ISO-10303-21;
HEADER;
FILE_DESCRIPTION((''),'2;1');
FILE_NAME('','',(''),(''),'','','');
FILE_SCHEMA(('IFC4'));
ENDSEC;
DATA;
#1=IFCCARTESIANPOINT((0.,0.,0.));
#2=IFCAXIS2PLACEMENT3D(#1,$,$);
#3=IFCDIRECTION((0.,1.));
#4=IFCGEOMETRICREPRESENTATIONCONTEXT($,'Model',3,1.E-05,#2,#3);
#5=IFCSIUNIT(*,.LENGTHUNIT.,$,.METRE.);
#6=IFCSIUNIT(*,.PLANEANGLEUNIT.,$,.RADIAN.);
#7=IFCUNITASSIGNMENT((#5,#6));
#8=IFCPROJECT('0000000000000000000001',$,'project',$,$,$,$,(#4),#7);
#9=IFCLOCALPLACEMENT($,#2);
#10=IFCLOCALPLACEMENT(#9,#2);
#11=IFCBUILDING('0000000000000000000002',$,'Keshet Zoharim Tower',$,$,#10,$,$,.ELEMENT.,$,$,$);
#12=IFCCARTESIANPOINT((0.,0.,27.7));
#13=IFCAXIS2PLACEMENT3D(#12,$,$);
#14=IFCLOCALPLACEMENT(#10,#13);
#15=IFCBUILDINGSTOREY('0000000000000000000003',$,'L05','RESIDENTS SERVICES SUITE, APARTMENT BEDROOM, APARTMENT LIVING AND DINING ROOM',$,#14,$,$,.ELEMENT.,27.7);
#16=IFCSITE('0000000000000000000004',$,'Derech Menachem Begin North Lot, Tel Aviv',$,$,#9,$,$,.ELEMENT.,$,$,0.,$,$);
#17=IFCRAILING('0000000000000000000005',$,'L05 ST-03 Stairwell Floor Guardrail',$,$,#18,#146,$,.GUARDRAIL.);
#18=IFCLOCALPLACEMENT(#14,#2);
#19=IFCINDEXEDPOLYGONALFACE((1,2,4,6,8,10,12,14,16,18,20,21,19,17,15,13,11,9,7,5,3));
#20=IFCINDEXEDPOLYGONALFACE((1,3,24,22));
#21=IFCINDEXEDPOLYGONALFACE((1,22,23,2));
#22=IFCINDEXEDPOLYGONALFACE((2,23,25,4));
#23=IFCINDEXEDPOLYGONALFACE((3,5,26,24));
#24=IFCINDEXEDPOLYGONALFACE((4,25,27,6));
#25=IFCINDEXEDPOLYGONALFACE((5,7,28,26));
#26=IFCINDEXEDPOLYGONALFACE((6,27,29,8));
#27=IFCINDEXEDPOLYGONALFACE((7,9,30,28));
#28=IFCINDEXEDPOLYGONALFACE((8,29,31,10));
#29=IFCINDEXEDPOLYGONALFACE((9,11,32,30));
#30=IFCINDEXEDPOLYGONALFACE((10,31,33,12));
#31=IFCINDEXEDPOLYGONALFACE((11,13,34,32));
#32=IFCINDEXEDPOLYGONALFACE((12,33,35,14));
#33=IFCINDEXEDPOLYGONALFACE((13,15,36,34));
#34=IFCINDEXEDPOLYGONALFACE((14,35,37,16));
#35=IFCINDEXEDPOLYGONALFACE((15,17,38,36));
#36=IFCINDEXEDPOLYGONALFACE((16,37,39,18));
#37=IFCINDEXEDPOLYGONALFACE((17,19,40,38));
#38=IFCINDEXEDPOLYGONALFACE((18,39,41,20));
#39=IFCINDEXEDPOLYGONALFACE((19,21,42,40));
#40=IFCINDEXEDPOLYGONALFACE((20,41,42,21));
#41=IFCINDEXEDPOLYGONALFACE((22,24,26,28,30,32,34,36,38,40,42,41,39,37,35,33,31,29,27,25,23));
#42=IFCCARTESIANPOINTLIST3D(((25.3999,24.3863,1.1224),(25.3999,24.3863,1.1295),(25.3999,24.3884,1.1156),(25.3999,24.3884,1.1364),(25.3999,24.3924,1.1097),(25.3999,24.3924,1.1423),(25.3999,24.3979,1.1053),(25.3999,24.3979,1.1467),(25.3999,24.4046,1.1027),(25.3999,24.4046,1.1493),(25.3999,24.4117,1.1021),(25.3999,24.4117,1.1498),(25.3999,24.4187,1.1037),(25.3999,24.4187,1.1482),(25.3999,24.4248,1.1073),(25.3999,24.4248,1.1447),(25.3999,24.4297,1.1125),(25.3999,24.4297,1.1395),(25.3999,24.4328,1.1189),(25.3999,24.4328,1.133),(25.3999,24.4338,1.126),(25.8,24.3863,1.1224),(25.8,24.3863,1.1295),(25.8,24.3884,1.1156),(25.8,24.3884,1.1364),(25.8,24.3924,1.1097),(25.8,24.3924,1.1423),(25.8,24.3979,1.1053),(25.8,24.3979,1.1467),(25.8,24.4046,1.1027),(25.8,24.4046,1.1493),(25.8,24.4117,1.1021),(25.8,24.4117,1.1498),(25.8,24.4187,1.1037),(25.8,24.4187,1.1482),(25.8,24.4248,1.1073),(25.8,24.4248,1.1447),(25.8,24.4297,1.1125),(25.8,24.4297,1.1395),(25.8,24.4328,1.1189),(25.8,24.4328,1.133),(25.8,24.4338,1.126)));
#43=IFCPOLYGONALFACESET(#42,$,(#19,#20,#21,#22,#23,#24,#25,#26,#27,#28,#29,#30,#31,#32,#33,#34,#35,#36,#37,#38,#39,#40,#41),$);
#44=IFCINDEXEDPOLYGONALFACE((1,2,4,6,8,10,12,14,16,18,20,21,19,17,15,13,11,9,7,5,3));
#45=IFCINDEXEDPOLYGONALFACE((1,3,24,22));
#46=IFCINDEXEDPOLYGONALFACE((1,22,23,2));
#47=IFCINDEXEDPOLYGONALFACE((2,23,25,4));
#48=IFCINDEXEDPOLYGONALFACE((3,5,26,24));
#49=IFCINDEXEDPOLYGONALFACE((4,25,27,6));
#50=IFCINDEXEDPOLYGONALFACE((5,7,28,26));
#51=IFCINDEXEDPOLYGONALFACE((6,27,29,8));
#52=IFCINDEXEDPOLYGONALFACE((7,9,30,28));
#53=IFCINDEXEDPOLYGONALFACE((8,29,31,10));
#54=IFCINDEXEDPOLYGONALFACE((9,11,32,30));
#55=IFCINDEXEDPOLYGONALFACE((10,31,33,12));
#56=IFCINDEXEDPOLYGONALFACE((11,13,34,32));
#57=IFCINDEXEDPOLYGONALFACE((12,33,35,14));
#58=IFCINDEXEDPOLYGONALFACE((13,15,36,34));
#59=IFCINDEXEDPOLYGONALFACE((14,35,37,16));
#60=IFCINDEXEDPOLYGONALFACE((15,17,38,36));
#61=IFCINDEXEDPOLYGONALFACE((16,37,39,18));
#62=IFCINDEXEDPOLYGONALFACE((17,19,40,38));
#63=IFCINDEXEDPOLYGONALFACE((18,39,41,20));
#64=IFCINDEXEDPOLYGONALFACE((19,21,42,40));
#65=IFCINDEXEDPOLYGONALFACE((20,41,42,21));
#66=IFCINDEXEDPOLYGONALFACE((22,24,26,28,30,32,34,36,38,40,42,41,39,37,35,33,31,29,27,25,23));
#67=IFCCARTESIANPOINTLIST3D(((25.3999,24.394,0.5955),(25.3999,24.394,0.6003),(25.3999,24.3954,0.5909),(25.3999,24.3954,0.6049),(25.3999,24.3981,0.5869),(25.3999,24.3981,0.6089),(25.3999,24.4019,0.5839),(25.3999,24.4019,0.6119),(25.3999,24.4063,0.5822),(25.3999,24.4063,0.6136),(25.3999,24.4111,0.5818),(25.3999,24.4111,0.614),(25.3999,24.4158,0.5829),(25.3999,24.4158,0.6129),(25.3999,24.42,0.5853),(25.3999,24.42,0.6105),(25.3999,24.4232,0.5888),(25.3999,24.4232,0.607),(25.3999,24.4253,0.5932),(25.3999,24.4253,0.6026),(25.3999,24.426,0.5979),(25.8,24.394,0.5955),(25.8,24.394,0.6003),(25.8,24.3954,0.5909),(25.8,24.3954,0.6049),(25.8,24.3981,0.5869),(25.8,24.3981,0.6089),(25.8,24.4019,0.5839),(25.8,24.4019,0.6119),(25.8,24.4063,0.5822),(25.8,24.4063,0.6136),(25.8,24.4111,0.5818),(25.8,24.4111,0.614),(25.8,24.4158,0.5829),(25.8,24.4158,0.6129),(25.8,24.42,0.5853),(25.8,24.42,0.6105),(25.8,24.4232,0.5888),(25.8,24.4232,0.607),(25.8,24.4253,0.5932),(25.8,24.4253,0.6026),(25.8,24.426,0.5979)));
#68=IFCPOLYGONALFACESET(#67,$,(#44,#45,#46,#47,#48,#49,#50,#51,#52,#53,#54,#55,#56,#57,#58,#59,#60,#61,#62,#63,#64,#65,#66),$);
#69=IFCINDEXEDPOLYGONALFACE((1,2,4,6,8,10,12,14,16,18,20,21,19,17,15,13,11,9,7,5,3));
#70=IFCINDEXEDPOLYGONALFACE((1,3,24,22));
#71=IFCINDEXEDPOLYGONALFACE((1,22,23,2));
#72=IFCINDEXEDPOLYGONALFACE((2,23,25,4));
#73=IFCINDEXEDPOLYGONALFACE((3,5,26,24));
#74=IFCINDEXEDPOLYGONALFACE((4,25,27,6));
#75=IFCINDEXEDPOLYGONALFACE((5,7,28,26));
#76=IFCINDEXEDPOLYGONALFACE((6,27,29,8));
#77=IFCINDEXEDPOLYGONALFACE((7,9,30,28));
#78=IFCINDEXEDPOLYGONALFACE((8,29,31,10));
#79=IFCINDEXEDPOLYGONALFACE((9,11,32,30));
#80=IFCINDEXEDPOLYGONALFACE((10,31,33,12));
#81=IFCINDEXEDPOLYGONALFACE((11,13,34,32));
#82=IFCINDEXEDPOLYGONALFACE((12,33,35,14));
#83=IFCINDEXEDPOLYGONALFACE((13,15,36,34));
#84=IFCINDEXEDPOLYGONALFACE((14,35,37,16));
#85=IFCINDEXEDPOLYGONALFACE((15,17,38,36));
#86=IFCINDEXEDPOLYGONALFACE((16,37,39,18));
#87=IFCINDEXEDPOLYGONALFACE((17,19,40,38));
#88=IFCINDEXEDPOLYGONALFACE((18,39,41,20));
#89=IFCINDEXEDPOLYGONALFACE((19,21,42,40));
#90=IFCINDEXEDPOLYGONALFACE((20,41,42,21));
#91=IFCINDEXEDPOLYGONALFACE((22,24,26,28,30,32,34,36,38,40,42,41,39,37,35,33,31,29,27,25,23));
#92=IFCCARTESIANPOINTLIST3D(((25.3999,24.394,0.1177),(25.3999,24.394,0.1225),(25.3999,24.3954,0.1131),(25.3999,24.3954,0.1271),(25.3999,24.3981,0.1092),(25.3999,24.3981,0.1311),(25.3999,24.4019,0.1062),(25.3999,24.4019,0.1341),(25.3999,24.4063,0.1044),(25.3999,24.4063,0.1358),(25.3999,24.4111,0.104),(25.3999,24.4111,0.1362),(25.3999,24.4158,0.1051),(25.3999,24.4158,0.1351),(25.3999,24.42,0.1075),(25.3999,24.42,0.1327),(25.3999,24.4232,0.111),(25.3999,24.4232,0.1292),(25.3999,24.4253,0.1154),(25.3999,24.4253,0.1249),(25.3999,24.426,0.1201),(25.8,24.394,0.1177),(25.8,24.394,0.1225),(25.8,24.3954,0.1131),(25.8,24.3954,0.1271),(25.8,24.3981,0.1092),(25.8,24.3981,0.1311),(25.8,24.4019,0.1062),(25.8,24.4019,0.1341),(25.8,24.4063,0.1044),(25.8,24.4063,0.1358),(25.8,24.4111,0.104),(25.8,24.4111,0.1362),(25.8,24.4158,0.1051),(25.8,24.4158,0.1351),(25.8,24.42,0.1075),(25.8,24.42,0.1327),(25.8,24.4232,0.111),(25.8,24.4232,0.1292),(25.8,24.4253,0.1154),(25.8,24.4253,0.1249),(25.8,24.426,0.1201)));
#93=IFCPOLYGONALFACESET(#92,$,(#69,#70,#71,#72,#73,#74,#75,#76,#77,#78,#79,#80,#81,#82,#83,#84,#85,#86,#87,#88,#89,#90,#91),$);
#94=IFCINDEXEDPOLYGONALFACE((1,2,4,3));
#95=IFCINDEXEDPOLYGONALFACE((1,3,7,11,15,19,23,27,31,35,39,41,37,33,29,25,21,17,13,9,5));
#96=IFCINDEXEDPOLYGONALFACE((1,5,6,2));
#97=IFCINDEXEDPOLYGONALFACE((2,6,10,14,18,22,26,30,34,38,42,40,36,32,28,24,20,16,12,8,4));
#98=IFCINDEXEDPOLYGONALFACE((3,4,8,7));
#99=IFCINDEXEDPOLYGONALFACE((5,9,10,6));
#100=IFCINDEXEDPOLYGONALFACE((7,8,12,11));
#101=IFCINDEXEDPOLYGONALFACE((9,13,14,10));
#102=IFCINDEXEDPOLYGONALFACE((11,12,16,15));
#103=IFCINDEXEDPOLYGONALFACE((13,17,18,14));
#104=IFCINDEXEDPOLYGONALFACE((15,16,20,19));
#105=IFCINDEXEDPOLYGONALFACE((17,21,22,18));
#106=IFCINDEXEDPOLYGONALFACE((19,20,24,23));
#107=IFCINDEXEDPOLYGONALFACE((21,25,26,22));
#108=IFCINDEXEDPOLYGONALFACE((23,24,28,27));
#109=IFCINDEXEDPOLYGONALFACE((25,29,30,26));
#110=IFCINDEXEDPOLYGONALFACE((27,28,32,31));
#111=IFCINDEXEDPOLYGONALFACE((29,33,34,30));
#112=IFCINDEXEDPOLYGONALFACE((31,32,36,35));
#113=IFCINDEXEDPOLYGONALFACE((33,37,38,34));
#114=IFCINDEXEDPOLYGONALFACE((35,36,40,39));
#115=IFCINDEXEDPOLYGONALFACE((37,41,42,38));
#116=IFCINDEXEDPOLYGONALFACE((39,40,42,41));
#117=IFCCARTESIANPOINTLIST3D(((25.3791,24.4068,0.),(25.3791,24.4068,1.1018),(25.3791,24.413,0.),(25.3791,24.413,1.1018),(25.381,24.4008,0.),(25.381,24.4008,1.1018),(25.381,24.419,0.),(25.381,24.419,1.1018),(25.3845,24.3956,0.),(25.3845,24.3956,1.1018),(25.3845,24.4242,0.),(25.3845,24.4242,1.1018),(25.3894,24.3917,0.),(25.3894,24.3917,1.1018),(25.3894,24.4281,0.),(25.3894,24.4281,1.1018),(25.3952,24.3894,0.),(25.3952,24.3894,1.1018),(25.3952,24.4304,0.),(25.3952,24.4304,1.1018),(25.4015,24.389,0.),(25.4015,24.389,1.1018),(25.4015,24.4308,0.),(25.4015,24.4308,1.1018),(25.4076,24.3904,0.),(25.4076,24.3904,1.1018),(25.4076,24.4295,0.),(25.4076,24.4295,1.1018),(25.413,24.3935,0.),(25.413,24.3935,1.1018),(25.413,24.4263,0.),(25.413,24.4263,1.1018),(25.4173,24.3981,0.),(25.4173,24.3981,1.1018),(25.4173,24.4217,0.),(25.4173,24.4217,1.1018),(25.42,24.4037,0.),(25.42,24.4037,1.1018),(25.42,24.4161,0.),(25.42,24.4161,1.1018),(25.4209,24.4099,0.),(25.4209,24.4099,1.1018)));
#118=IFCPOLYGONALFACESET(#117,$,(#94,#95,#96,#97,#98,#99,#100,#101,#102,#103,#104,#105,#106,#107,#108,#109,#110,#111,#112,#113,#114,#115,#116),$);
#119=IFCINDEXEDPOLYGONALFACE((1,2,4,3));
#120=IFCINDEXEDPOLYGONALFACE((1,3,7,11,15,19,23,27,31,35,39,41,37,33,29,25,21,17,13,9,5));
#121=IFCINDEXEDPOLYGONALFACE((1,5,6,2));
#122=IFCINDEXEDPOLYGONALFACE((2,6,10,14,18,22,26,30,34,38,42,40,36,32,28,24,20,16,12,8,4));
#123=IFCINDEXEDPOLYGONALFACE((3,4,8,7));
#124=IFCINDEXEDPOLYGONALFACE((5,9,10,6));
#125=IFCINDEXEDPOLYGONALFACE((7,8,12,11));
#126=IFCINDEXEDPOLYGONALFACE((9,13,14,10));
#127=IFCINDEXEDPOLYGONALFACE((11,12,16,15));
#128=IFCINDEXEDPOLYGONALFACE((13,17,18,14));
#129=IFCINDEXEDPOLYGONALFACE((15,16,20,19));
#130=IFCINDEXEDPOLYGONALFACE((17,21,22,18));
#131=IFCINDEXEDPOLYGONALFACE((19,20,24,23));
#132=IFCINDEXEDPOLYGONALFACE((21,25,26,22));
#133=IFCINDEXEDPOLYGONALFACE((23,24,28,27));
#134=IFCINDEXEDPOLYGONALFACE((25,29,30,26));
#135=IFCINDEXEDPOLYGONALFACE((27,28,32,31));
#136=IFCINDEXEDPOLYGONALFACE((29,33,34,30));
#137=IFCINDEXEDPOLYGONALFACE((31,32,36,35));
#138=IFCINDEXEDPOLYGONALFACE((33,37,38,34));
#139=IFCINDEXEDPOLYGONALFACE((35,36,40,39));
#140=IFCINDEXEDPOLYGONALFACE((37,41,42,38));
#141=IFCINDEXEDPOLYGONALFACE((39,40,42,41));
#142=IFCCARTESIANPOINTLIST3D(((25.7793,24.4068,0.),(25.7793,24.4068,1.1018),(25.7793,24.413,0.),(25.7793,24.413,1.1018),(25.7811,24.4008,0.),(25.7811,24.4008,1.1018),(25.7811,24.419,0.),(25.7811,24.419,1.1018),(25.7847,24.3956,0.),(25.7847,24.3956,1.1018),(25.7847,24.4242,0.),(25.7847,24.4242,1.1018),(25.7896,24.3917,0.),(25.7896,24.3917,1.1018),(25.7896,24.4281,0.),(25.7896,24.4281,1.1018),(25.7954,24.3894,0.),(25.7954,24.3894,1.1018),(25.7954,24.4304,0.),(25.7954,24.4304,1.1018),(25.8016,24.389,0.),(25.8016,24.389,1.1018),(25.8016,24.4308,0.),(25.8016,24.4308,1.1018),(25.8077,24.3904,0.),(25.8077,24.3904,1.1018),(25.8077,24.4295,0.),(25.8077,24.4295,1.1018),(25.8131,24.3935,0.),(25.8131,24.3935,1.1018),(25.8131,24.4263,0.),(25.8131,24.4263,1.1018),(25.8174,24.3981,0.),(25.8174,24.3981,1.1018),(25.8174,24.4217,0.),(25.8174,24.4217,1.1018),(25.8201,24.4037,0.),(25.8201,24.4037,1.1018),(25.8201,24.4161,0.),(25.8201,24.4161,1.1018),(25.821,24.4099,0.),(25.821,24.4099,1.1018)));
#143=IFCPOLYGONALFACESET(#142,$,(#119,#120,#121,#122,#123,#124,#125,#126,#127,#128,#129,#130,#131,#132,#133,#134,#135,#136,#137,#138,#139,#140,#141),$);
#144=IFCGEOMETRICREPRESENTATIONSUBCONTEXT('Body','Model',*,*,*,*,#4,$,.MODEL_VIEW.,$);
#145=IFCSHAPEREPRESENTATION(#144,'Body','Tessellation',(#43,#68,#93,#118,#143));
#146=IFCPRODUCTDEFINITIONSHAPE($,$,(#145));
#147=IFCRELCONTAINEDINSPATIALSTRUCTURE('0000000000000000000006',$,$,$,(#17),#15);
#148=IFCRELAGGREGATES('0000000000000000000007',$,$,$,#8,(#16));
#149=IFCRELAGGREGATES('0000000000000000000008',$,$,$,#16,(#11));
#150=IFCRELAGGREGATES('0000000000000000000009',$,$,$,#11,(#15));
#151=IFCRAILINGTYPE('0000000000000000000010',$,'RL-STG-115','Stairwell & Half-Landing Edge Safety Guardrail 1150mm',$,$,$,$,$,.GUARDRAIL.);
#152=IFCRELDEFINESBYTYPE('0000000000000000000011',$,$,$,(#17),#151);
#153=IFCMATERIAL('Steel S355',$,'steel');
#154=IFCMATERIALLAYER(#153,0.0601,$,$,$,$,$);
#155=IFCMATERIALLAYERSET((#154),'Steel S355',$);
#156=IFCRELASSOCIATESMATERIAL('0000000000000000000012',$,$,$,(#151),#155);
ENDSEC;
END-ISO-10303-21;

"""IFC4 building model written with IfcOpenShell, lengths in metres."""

from ifc_helpers import new_model, si_unit, direction, frame, origin, origin_2d, place, context, subcontext, project, spatial, circle, extrude, material, layer, layer_set, type_object, element, save


model = new_model("IFC4")

# Units and contexts
model_context = context("Model", 3, precision=1e-05, world=origin(), true_north=direction((0.0, 1.0)))
body_context = subcontext(model_context, "Body", "Model", "MODEL_VIEW")
ifc_project = project(units=[si_unit("LENGTHUNIT", "METRE"), si_unit("PLANEANGLEUNIT", "RADIAN")], contexts=[model_context])

# Site, building, storey
site_placement = place(None, origin())
site = spatial("IfcSite", under=ifc_project, at=site_placement, Name="Derech Menachem Begin North Lot, Tel Aviv", CompositionType="ELEMENT", RefElevation=0.0)
building_placement = place(site_placement, origin())
building = spatial("IfcBuilding", under=site, at=building_placement, Name="Keshet Zoharim Tower", CompositionType="ELEMENT")
storey_placement = place(building_placement, frame((0.0, 0.0, 27.7)))
storey = spatial("IfcBuildingStorey", under=building, at=storey_placement, Name="L05", Description="RESIDENTS SERVICES SUITE, APARTMENT BEDROOM, APARTMENT LIVING AND DINING ROOM", CompositionType="ELEMENT", Elevation=27.7)

# Shared definitions
ifc_material_1 = material(Name="Steel S355", Category="steel")

# Railing
ifc_layer_1 = layer(ifc_material_1, 0.0601)
ifc_layer_set_1 = layer_set([ifc_layer_1], Name="Steel S355")
railing_type = type_object("IfcRailingType", Name="RL-STG-115", Description="Stairwell & Half-Landing Edge Safety Guardrail 1150mm", PredefinedType="GUARDRAIL", material=ifc_layer_set_1)
railing_placement = place(storey_placement, frame((25.3999, 24.4099, 0.0)))
element("IfcRailing", 1, at=railing_placement, inside=storey, type_object=railing_type, Name="L05 ST-03 Stairwell Floor Guardrail", PredefinedType="GUARDRAIL", context=body_context, shape_type="SweptSolid", body=[
    extrude(circle(Radius=0.0239, at=origin_2d()), frame((0.0, 0.0, 1.126), z_axis=(1.0, 0.0, 0.0), x_axis=(0.0, 1.0, 0.0)), (0.0, 0.0, 1.0), 0.4001),
    extrude(circle(Radius=0.0161, at=origin_2d()), frame((0.0, 0.0, 0.5979), z_axis=(1.0, 0.0, 0.0), x_axis=(0.0, 1.0, 0.0)), (0.0, 0.0, 1.0), 0.4001),
    extrude(circle(Radius=0.0161, at=origin_2d()), frame((0.0, 0.0, 0.1201), z_axis=(1.0, 0.0, 0.0), x_axis=(0.0, 1.0, 0.0)), (0.0, 0.0, 1.0), 0.4001),
    extrude(circle(Radius=0.021, at=origin_2d()), origin(), (0.0, 0.0, 1.0), 1.1018),
    extrude(circle(Radius=0.021, at=origin_2d()), frame((0.4001, 0.0, 0.0)), (0.0, 0.0, 1.0), 1.1018),
])

save(model, "model.ifc")
